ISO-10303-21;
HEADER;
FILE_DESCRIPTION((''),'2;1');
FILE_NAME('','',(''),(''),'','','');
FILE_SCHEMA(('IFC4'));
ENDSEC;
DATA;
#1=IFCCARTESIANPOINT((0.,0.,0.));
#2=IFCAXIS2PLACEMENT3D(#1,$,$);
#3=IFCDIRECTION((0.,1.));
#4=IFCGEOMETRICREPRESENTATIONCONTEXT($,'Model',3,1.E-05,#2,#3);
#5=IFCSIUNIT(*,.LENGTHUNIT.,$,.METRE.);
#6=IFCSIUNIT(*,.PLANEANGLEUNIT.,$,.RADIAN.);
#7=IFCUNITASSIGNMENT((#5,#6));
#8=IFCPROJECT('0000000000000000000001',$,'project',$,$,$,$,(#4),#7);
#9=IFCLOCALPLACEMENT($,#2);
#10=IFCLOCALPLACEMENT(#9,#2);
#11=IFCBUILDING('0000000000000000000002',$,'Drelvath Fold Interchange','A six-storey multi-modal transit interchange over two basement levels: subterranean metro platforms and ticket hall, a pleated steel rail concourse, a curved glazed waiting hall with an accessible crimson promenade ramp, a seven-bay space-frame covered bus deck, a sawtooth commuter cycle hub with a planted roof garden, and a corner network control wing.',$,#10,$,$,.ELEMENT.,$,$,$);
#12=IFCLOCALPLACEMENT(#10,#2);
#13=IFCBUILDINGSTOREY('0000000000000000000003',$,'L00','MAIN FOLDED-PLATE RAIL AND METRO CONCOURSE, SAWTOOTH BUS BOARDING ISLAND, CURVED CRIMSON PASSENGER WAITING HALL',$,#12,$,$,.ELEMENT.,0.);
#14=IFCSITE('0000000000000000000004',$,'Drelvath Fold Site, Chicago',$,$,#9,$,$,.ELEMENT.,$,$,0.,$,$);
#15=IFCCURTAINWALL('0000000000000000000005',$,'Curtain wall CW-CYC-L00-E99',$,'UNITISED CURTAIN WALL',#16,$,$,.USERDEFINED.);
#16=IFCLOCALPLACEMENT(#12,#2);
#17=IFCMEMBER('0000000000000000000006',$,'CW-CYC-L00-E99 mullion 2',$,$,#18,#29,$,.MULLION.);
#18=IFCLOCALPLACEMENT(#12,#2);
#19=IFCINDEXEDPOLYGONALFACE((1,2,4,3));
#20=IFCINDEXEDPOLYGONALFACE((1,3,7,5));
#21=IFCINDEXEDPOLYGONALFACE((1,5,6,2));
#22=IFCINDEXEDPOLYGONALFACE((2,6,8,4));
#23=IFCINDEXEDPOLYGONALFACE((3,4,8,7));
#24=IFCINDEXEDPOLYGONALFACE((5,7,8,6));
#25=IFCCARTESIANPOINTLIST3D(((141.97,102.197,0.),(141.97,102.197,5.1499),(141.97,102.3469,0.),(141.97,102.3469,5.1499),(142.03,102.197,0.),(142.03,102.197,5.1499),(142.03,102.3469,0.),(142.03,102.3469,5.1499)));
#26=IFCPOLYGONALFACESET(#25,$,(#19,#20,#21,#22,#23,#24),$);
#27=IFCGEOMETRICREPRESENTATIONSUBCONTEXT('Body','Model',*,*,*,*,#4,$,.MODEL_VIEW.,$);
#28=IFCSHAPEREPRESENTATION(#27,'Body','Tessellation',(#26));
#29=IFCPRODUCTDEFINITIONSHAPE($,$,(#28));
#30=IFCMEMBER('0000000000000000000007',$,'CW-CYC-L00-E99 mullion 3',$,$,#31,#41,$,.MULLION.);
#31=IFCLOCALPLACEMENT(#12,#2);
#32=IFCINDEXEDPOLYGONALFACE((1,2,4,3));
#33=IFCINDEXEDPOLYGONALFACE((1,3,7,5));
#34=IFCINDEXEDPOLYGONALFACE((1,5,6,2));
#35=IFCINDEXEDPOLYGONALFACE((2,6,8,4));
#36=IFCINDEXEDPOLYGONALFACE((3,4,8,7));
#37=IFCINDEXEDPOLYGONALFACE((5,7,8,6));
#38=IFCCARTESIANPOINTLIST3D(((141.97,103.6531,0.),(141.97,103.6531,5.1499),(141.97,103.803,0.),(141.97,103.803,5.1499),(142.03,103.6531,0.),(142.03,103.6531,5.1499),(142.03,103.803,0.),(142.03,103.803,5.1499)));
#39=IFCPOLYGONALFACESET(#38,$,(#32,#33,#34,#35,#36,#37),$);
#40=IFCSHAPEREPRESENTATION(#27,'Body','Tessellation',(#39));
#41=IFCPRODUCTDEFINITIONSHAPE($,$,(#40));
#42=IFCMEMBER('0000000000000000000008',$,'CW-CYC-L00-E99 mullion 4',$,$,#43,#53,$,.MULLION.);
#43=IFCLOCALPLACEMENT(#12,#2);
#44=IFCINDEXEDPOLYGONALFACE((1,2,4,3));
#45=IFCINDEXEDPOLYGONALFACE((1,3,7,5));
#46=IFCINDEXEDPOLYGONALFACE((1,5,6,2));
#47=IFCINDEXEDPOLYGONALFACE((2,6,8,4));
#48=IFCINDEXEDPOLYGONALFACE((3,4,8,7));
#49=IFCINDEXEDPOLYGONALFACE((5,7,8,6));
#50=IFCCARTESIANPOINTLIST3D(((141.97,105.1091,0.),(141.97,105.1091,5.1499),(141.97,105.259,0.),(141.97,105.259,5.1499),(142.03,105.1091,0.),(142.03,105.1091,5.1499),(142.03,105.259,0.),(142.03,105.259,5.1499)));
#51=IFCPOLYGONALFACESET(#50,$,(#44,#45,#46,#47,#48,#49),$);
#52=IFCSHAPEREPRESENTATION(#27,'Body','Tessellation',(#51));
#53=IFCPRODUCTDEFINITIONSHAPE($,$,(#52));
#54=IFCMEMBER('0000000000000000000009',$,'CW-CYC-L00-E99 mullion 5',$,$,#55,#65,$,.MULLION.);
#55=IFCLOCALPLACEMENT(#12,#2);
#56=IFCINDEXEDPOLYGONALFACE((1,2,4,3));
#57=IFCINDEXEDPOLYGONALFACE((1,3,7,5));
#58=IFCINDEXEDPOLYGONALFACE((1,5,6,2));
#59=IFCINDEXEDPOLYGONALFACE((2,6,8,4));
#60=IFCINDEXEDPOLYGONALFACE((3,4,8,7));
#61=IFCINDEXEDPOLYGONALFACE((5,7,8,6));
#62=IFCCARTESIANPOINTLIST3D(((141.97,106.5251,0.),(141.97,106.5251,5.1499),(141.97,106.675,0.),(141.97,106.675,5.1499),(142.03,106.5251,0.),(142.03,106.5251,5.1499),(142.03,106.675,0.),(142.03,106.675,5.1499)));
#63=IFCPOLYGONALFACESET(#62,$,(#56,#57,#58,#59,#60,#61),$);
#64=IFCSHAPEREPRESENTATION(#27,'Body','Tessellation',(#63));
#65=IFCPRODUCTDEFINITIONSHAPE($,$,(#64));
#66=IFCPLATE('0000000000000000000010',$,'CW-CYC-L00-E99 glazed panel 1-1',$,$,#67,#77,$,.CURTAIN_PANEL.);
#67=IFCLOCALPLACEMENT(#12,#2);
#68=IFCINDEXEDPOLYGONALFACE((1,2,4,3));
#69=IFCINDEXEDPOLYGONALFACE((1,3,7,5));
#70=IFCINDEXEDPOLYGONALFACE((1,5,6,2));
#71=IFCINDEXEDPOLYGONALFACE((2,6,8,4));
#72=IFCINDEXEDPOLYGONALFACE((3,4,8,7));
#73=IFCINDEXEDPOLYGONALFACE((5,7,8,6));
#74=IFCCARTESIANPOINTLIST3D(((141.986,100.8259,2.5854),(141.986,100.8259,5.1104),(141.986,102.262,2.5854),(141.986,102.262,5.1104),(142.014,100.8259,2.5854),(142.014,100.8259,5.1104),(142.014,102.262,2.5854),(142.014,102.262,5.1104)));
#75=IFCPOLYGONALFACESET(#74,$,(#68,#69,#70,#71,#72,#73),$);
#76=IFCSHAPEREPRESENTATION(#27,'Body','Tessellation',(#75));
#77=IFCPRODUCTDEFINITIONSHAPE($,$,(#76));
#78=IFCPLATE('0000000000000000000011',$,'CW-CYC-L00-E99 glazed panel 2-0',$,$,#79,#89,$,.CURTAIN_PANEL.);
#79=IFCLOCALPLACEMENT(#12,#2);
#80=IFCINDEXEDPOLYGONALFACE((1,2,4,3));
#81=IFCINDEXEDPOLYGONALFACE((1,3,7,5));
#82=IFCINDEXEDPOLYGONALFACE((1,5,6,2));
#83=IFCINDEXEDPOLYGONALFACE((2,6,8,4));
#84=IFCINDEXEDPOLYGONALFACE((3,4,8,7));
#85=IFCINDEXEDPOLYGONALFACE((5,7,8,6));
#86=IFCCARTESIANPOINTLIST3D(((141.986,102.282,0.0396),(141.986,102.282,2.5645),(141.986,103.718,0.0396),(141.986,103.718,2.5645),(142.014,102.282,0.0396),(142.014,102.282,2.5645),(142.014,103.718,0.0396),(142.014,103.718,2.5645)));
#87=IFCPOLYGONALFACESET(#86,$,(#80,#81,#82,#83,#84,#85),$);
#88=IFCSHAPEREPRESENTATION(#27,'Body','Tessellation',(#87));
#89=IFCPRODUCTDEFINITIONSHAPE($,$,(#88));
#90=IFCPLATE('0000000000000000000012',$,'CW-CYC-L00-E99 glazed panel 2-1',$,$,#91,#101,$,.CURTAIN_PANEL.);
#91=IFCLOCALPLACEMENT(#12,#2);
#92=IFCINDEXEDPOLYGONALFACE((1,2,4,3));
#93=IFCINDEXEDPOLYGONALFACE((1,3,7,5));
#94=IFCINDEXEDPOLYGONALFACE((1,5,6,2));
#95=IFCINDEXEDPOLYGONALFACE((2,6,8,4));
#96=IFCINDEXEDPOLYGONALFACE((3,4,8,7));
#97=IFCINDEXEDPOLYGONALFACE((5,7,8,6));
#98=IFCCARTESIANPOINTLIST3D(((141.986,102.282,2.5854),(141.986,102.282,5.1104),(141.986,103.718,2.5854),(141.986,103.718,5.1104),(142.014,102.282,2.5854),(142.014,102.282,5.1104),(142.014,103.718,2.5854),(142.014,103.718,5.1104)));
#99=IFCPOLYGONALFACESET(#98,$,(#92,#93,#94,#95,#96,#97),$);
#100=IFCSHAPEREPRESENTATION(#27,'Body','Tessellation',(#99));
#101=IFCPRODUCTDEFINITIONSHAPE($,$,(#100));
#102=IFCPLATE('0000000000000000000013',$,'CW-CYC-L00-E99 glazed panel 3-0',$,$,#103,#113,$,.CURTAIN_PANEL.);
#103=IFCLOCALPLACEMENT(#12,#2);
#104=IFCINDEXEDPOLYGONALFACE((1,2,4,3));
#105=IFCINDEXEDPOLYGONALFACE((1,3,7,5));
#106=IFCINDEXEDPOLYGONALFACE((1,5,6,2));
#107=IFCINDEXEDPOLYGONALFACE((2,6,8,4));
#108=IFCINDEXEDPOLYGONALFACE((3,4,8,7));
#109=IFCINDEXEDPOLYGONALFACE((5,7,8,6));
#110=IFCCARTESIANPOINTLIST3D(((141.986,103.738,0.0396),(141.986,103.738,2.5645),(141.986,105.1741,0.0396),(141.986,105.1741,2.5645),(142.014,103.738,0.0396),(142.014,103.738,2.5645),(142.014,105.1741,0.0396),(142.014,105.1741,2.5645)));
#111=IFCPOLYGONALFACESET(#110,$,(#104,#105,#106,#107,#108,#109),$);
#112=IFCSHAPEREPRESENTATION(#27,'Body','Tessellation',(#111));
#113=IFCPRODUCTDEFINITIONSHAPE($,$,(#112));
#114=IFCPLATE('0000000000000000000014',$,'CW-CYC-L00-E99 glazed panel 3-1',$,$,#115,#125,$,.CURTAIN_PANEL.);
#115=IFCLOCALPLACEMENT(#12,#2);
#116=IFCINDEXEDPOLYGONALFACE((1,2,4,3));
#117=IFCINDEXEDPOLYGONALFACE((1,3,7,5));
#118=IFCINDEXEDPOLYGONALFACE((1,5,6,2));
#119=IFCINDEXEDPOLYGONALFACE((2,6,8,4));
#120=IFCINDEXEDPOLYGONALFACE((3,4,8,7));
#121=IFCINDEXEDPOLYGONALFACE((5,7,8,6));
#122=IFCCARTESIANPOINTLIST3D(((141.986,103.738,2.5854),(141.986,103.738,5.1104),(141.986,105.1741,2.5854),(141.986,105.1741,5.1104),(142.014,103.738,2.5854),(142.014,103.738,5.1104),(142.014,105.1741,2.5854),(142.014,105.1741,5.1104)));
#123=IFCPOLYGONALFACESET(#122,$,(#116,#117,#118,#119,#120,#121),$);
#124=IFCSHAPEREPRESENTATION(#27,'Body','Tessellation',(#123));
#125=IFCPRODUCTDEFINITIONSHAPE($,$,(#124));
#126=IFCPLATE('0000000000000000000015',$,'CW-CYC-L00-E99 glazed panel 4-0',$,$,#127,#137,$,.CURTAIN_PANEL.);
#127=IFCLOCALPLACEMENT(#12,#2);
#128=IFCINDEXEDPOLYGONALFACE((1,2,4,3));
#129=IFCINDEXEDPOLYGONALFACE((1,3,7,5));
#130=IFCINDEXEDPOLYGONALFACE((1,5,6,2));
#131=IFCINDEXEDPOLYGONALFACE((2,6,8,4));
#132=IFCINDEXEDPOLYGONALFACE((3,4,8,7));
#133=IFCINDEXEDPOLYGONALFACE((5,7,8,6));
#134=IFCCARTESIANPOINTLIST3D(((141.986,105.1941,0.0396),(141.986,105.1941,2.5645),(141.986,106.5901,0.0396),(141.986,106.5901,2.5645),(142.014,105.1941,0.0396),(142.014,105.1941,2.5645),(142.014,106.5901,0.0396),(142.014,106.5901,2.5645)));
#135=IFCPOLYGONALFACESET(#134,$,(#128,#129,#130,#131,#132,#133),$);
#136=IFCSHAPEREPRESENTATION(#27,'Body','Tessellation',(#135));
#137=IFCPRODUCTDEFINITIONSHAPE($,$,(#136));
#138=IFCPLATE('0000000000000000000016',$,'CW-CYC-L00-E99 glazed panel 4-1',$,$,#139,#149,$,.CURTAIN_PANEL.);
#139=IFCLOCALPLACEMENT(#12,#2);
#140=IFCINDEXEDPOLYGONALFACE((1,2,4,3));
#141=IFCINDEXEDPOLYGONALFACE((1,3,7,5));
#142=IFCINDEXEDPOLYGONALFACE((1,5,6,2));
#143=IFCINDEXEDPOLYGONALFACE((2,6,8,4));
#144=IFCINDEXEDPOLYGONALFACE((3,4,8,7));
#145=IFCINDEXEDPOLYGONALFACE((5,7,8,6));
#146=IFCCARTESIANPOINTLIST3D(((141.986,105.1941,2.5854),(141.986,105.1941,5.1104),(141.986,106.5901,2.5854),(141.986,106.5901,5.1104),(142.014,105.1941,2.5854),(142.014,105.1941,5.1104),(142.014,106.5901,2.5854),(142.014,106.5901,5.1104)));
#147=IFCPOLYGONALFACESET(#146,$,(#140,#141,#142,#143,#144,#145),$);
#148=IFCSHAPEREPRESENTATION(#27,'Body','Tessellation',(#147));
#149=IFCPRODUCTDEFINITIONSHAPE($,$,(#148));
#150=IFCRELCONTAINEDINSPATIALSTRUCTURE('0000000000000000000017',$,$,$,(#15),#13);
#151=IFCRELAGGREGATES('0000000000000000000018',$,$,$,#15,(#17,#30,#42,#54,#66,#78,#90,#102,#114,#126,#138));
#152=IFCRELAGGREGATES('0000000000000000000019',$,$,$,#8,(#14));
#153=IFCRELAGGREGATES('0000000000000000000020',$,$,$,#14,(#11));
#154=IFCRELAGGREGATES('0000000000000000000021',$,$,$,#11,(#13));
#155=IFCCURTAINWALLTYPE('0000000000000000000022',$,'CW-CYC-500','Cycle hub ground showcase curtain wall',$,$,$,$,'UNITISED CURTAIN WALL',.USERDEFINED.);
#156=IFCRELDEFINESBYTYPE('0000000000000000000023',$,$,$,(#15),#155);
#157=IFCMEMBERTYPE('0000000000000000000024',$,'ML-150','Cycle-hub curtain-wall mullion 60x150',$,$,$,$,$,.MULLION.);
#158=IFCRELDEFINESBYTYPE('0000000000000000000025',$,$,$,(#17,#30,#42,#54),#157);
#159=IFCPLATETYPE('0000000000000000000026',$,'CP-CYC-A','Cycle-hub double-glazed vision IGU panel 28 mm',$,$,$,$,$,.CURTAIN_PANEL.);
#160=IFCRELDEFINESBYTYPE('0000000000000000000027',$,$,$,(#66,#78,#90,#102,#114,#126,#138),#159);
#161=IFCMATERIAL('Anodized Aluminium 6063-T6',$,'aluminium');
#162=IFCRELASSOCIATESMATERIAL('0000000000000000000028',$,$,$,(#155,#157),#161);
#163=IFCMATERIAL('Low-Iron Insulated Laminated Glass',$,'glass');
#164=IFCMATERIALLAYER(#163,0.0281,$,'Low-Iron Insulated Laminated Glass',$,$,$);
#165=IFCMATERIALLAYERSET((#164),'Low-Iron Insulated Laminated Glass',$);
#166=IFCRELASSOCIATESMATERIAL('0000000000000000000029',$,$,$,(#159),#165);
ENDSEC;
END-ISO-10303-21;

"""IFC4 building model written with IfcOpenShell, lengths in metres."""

from ifc_helpers import new_model, si_unit, direction, frame, origin, origin_2d, place, context, subcontext, project, spatial, rectangle, extrude, material, layer, layer_set, material_profile, profile_set, type_object, element, aggregate, save


model = new_model("IFC4")

# Units and contexts
model_context = context("Model", 3, precision=1e-05, world=origin(), true_north=direction((0.0, 1.0)))
body_context = subcontext(model_context, "Body", "Model", "MODEL_VIEW")
ifc_project = project(units=[si_unit("LENGTHUNIT", "METRE"), si_unit("PLANEANGLEUNIT", "RADIAN")], contexts=[model_context])

# Site, building, storey
site_placement = place(None, origin())
site = spatial("IfcSite", under=ifc_project, at=site_placement, Name="Drelvath Fold Site, Chicago", CompositionType="ELEMENT", RefElevation=0.0)
building_placement = place(site_placement, origin())
building = spatial("IfcBuilding", under=site, at=building_placement, Name="Drelvath Fold Interchange", Description="A six-storey multi-modal transit interchange over two basement levels: subterranean metro platforms and ticket hall, a pleated steel rail concourse, a curved glazed waiting hall with an accessible crimson promenade ramp, a seven-bay space-frame covered bus deck, a sawtooth commuter cycle hub with a planted roof garden, and a corner network control wing.", CompositionType="ELEMENT")
storey_placement = place(building_placement, origin())
storey = spatial("IfcBuildingStorey", under=building, at=storey_placement, Name="L00", Description="MAIN FOLDED-PLATE RAIL AND METRO CONCOURSE, SAWTOOTH BUS BOARDING ISLAND, CURVED CRIMSON PASSENGER WAITING HALL", CompositionType="ELEMENT", Elevation=0.0)

# Curtain wall, members, plates
ifc_material_1 = material(Name="Anodized Aluminium 6063-T6", Category="aluminium")
curtain_wall_type = type_object("IfcCurtainWallType", Name="CW-CYC-500", Description="Cycle hub ground showcase curtain wall", ElementType="UNITISED CURTAIN WALL", PredefinedType="USERDEFINED", material=ifc_material_1)
curtain_wall_placement = place(storey_placement, origin())
curtain_wall = element("IfcCurtainWall", 1, at=curtain_wall_placement, inside=storey, type_object=curtain_wall_type, Name="Curtain wall CW-CYC-L00-E99", ObjectType="UNITISED CURTAIN WALL", PredefinedType="USERDEFINED")
ifc_material_profile_1 = material_profile(ifc_material_1, rectangle(XDim=0.0601, YDim=0.1499, at=origin_2d()), Name="AL-M 60x150")
ifc_profile_set_1 = profile_set([ifc_material_profile_1], Name="Anodized Aluminium 6063-T6")
member_type = type_object("IfcMemberType", Name="ML-150", Description="Cycle-hub curtain-wall mullion 60x150", PredefinedType="MULLION", material=ifc_profile_set_1)
member_1_placement = place(storey_placement, frame((142.0, 102.272, 0.0), z_axis=(0.0, 0.0, 1.0), x_axis=(1.0, 0.0, 0.0)))
member_1 = element("IfcMember", 2, at=member_1_placement, type_object=member_type, Name="CW-CYC-L00-E99 mullion 2", PredefinedType="MULLION", context=body_context, shape_type="SweptSolid", body=[
    extrude(rectangle(XDim=0.0601, YDim=0.1499, at=origin_2d()), origin(), (0.0, 0.0, 1.0), 5.1499),
])
member_2_placement = place(storey_placement, frame((142.0, 103.728, 0.0), z_axis=(0.0, 0.0, 1.0), x_axis=(1.0, 0.0, 0.0)))
member_2 = element("IfcMember", 3, at=member_2_placement, type_object=member_type, Name="CW-CYC-L00-E99 mullion 3", PredefinedType="MULLION", context=body_context, shape_type="SweptSolid", body=[
    extrude(rectangle(XDim=0.0601, YDim=0.1499, at=origin_2d()), origin(), (0.0, 0.0, 1.0), 5.1499),
])
member_3_placement = place(storey_placement, frame((142.0, 105.1841, 0.0), z_axis=(0.0, 0.0, 1.0), x_axis=(1.0, 0.0, 0.0)))
member_3 = element("IfcMember", 4, at=member_3_placement, type_object=member_type, Name="CW-CYC-L00-E99 mullion 4", PredefinedType="MULLION", context=body_context, shape_type="SweptSolid", body=[
    extrude(rectangle(XDim=0.0601, YDim=0.1499, at=origin_2d()), origin(), (0.0, 0.0, 1.0), 5.1499),
])
member_4_placement = place(storey_placement, frame((142.0, 106.6001, 0.0), z_axis=(0.0, 0.0, 1.0), x_axis=(1.0, 0.0, 0.0)))
member_4 = element("IfcMember", 5, at=member_4_placement, type_object=member_type, Name="CW-CYC-L00-E99 mullion 5", PredefinedType="MULLION", context=body_context, shape_type="SweptSolid", body=[
    extrude(rectangle(XDim=0.0601, YDim=0.1499, at=origin_2d()), origin(), (0.0, 0.0, 1.0), 5.1499),
])
ifc_material_2 = material(Name="Low-Iron Insulated Laminated Glass", Category="glass")
ifc_layer = layer(ifc_material_2, 0.0281, Name="Low-Iron Insulated Laminated Glass")
ifc_layer_set = layer_set([ifc_layer], Name="Low-Iron Insulated Laminated Glass")
plate_type = type_object("IfcPlateType", Name="CP-CYC-A", Description="Cycle-hub double-glazed vision IGU panel 28 mm", PredefinedType="CURTAIN_PANEL", material=ifc_layer_set)
plate_1_placement = place(storey_placement, frame((142.0, 101.5439, 2.5854), z_axis=(0.0, 0.0, 1.0), x_axis=(0.0, 1.0, 0.0)))
plate_1 = element("IfcPlate", 6, at=plate_1_placement, type_object=plate_type, Name="CW-CYC-L00-E99 glazed panel 1-1", PredefinedType="CURTAIN_PANEL", context=body_context, shape_type="SweptSolid", body=[
    extrude(rectangle(XDim=1.436, YDim=0.0281, at=origin_2d()), origin(), (0.0, 0.0, 1.0), 2.5249),
])
plate_2_placement = place(storey_placement, frame((142.0, 103.0, 0.0396), z_axis=(0.0, 0.0, 1.0), x_axis=(0.0, 1.0, 0.0)))
plate_2 = element("IfcPlate", 7, at=plate_2_placement, type_object=plate_type, Name="CW-CYC-L00-E99 glazed panel 2-0", PredefinedType="CURTAIN_PANEL", context=body_context, shape_type="SweptSolid", body=[
    extrude(rectangle(XDim=1.436, YDim=0.0281, at=origin_2d()), origin(), (0.0, 0.0, 1.0), 2.5249),
])
plate_3_placement = place(storey_placement, frame((142.0, 103.0, 2.5854), z_axis=(0.0, 0.0, 1.0), x_axis=(0.0, 1.0, 0.0)))
plate_3 = element("IfcPlate", 8, at=plate_3_placement, type_object=plate_type, Name="CW-CYC-L00-E99 glazed panel 2-1", PredefinedType="CURTAIN_PANEL", context=body_context, shape_type="SweptSolid", body=[
    extrude(rectangle(XDim=1.436, YDim=0.0281, at=origin_2d()), origin(), (0.0, 0.0, 1.0), 2.5249),
])
plate_4_placement = place(storey_placement, frame((142.0, 104.4561, 0.0396), z_axis=(0.0, 0.0, 1.0), x_axis=(0.0, 1.0, 0.0)))
plate_4 = element("IfcPlate", 9, at=plate_4_placement, type_object=plate_type, Name="CW-CYC-L00-E99 glazed panel 3-0", PredefinedType="CURTAIN_PANEL", context=body_context, shape_type="SweptSolid", body=[
    extrude(rectangle(XDim=1.436, YDim=0.0281, at=origin_2d()), origin(), (0.0, 0.0, 1.0), 2.5249),
])
plate_5_placement = place(storey_placement, frame((142.0, 104.4561, 2.5854), z_axis=(0.0, 0.0, 1.0), x_axis=(0.0, 1.0, 0.0)))
plate_5 = element("IfcPlate", 10, at=plate_5_placement, type_object=plate_type, Name="CW-CYC-L00-E99 glazed panel 3-1", PredefinedType="CURTAIN_PANEL", context=body_context, shape_type="SweptSolid", body=[
    extrude(rectangle(XDim=1.436, YDim=0.0281, at=origin_2d()), origin(), (0.0, 0.0, 1.0), 2.5249),
])
plate_6_placement = place(storey_placement, frame((142.0, 105.8921, 0.0396), z_axis=(0.0, 0.0, 1.0), x_axis=(0.0, 1.0, 0.0)))
plate_6 = element("IfcPlate", 11, at=plate_6_placement, type_object=plate_type, Name="CW-CYC-L00-E99 glazed panel 4-0", PredefinedType="CURTAIN_PANEL", context=body_context, shape_type="SweptSolid", body=[
    extrude(rectangle(XDim=1.396, YDim=0.0281, at=origin_2d()), origin(), (0.0, 0.0, 1.0), 2.5249),
])
plate_7_placement = place(storey_placement, frame((142.0, 105.8921, 2.5854), z_axis=(0.0, 0.0, 1.0), x_axis=(0.0, 1.0, 0.0)))
plate_7 = element("IfcPlate", 12, at=plate_7_placement, type_object=plate_type, Name="CW-CYC-L00-E99 glazed panel 4-1", PredefinedType="CURTAIN_PANEL", context=body_context, shape_type="SweptSolid", body=[
    extrude(rectangle(XDim=1.396, YDim=0.0281, at=origin_2d()), origin(), (0.0, 0.0, 1.0), 2.5249),
])
aggregate(curtain_wall, [member_1, member_2, member_3, member_4, plate_1, plate_2, plate_3, plate_4, plate_5, plate_6, plate_7])

save(model, "model.ifc")
